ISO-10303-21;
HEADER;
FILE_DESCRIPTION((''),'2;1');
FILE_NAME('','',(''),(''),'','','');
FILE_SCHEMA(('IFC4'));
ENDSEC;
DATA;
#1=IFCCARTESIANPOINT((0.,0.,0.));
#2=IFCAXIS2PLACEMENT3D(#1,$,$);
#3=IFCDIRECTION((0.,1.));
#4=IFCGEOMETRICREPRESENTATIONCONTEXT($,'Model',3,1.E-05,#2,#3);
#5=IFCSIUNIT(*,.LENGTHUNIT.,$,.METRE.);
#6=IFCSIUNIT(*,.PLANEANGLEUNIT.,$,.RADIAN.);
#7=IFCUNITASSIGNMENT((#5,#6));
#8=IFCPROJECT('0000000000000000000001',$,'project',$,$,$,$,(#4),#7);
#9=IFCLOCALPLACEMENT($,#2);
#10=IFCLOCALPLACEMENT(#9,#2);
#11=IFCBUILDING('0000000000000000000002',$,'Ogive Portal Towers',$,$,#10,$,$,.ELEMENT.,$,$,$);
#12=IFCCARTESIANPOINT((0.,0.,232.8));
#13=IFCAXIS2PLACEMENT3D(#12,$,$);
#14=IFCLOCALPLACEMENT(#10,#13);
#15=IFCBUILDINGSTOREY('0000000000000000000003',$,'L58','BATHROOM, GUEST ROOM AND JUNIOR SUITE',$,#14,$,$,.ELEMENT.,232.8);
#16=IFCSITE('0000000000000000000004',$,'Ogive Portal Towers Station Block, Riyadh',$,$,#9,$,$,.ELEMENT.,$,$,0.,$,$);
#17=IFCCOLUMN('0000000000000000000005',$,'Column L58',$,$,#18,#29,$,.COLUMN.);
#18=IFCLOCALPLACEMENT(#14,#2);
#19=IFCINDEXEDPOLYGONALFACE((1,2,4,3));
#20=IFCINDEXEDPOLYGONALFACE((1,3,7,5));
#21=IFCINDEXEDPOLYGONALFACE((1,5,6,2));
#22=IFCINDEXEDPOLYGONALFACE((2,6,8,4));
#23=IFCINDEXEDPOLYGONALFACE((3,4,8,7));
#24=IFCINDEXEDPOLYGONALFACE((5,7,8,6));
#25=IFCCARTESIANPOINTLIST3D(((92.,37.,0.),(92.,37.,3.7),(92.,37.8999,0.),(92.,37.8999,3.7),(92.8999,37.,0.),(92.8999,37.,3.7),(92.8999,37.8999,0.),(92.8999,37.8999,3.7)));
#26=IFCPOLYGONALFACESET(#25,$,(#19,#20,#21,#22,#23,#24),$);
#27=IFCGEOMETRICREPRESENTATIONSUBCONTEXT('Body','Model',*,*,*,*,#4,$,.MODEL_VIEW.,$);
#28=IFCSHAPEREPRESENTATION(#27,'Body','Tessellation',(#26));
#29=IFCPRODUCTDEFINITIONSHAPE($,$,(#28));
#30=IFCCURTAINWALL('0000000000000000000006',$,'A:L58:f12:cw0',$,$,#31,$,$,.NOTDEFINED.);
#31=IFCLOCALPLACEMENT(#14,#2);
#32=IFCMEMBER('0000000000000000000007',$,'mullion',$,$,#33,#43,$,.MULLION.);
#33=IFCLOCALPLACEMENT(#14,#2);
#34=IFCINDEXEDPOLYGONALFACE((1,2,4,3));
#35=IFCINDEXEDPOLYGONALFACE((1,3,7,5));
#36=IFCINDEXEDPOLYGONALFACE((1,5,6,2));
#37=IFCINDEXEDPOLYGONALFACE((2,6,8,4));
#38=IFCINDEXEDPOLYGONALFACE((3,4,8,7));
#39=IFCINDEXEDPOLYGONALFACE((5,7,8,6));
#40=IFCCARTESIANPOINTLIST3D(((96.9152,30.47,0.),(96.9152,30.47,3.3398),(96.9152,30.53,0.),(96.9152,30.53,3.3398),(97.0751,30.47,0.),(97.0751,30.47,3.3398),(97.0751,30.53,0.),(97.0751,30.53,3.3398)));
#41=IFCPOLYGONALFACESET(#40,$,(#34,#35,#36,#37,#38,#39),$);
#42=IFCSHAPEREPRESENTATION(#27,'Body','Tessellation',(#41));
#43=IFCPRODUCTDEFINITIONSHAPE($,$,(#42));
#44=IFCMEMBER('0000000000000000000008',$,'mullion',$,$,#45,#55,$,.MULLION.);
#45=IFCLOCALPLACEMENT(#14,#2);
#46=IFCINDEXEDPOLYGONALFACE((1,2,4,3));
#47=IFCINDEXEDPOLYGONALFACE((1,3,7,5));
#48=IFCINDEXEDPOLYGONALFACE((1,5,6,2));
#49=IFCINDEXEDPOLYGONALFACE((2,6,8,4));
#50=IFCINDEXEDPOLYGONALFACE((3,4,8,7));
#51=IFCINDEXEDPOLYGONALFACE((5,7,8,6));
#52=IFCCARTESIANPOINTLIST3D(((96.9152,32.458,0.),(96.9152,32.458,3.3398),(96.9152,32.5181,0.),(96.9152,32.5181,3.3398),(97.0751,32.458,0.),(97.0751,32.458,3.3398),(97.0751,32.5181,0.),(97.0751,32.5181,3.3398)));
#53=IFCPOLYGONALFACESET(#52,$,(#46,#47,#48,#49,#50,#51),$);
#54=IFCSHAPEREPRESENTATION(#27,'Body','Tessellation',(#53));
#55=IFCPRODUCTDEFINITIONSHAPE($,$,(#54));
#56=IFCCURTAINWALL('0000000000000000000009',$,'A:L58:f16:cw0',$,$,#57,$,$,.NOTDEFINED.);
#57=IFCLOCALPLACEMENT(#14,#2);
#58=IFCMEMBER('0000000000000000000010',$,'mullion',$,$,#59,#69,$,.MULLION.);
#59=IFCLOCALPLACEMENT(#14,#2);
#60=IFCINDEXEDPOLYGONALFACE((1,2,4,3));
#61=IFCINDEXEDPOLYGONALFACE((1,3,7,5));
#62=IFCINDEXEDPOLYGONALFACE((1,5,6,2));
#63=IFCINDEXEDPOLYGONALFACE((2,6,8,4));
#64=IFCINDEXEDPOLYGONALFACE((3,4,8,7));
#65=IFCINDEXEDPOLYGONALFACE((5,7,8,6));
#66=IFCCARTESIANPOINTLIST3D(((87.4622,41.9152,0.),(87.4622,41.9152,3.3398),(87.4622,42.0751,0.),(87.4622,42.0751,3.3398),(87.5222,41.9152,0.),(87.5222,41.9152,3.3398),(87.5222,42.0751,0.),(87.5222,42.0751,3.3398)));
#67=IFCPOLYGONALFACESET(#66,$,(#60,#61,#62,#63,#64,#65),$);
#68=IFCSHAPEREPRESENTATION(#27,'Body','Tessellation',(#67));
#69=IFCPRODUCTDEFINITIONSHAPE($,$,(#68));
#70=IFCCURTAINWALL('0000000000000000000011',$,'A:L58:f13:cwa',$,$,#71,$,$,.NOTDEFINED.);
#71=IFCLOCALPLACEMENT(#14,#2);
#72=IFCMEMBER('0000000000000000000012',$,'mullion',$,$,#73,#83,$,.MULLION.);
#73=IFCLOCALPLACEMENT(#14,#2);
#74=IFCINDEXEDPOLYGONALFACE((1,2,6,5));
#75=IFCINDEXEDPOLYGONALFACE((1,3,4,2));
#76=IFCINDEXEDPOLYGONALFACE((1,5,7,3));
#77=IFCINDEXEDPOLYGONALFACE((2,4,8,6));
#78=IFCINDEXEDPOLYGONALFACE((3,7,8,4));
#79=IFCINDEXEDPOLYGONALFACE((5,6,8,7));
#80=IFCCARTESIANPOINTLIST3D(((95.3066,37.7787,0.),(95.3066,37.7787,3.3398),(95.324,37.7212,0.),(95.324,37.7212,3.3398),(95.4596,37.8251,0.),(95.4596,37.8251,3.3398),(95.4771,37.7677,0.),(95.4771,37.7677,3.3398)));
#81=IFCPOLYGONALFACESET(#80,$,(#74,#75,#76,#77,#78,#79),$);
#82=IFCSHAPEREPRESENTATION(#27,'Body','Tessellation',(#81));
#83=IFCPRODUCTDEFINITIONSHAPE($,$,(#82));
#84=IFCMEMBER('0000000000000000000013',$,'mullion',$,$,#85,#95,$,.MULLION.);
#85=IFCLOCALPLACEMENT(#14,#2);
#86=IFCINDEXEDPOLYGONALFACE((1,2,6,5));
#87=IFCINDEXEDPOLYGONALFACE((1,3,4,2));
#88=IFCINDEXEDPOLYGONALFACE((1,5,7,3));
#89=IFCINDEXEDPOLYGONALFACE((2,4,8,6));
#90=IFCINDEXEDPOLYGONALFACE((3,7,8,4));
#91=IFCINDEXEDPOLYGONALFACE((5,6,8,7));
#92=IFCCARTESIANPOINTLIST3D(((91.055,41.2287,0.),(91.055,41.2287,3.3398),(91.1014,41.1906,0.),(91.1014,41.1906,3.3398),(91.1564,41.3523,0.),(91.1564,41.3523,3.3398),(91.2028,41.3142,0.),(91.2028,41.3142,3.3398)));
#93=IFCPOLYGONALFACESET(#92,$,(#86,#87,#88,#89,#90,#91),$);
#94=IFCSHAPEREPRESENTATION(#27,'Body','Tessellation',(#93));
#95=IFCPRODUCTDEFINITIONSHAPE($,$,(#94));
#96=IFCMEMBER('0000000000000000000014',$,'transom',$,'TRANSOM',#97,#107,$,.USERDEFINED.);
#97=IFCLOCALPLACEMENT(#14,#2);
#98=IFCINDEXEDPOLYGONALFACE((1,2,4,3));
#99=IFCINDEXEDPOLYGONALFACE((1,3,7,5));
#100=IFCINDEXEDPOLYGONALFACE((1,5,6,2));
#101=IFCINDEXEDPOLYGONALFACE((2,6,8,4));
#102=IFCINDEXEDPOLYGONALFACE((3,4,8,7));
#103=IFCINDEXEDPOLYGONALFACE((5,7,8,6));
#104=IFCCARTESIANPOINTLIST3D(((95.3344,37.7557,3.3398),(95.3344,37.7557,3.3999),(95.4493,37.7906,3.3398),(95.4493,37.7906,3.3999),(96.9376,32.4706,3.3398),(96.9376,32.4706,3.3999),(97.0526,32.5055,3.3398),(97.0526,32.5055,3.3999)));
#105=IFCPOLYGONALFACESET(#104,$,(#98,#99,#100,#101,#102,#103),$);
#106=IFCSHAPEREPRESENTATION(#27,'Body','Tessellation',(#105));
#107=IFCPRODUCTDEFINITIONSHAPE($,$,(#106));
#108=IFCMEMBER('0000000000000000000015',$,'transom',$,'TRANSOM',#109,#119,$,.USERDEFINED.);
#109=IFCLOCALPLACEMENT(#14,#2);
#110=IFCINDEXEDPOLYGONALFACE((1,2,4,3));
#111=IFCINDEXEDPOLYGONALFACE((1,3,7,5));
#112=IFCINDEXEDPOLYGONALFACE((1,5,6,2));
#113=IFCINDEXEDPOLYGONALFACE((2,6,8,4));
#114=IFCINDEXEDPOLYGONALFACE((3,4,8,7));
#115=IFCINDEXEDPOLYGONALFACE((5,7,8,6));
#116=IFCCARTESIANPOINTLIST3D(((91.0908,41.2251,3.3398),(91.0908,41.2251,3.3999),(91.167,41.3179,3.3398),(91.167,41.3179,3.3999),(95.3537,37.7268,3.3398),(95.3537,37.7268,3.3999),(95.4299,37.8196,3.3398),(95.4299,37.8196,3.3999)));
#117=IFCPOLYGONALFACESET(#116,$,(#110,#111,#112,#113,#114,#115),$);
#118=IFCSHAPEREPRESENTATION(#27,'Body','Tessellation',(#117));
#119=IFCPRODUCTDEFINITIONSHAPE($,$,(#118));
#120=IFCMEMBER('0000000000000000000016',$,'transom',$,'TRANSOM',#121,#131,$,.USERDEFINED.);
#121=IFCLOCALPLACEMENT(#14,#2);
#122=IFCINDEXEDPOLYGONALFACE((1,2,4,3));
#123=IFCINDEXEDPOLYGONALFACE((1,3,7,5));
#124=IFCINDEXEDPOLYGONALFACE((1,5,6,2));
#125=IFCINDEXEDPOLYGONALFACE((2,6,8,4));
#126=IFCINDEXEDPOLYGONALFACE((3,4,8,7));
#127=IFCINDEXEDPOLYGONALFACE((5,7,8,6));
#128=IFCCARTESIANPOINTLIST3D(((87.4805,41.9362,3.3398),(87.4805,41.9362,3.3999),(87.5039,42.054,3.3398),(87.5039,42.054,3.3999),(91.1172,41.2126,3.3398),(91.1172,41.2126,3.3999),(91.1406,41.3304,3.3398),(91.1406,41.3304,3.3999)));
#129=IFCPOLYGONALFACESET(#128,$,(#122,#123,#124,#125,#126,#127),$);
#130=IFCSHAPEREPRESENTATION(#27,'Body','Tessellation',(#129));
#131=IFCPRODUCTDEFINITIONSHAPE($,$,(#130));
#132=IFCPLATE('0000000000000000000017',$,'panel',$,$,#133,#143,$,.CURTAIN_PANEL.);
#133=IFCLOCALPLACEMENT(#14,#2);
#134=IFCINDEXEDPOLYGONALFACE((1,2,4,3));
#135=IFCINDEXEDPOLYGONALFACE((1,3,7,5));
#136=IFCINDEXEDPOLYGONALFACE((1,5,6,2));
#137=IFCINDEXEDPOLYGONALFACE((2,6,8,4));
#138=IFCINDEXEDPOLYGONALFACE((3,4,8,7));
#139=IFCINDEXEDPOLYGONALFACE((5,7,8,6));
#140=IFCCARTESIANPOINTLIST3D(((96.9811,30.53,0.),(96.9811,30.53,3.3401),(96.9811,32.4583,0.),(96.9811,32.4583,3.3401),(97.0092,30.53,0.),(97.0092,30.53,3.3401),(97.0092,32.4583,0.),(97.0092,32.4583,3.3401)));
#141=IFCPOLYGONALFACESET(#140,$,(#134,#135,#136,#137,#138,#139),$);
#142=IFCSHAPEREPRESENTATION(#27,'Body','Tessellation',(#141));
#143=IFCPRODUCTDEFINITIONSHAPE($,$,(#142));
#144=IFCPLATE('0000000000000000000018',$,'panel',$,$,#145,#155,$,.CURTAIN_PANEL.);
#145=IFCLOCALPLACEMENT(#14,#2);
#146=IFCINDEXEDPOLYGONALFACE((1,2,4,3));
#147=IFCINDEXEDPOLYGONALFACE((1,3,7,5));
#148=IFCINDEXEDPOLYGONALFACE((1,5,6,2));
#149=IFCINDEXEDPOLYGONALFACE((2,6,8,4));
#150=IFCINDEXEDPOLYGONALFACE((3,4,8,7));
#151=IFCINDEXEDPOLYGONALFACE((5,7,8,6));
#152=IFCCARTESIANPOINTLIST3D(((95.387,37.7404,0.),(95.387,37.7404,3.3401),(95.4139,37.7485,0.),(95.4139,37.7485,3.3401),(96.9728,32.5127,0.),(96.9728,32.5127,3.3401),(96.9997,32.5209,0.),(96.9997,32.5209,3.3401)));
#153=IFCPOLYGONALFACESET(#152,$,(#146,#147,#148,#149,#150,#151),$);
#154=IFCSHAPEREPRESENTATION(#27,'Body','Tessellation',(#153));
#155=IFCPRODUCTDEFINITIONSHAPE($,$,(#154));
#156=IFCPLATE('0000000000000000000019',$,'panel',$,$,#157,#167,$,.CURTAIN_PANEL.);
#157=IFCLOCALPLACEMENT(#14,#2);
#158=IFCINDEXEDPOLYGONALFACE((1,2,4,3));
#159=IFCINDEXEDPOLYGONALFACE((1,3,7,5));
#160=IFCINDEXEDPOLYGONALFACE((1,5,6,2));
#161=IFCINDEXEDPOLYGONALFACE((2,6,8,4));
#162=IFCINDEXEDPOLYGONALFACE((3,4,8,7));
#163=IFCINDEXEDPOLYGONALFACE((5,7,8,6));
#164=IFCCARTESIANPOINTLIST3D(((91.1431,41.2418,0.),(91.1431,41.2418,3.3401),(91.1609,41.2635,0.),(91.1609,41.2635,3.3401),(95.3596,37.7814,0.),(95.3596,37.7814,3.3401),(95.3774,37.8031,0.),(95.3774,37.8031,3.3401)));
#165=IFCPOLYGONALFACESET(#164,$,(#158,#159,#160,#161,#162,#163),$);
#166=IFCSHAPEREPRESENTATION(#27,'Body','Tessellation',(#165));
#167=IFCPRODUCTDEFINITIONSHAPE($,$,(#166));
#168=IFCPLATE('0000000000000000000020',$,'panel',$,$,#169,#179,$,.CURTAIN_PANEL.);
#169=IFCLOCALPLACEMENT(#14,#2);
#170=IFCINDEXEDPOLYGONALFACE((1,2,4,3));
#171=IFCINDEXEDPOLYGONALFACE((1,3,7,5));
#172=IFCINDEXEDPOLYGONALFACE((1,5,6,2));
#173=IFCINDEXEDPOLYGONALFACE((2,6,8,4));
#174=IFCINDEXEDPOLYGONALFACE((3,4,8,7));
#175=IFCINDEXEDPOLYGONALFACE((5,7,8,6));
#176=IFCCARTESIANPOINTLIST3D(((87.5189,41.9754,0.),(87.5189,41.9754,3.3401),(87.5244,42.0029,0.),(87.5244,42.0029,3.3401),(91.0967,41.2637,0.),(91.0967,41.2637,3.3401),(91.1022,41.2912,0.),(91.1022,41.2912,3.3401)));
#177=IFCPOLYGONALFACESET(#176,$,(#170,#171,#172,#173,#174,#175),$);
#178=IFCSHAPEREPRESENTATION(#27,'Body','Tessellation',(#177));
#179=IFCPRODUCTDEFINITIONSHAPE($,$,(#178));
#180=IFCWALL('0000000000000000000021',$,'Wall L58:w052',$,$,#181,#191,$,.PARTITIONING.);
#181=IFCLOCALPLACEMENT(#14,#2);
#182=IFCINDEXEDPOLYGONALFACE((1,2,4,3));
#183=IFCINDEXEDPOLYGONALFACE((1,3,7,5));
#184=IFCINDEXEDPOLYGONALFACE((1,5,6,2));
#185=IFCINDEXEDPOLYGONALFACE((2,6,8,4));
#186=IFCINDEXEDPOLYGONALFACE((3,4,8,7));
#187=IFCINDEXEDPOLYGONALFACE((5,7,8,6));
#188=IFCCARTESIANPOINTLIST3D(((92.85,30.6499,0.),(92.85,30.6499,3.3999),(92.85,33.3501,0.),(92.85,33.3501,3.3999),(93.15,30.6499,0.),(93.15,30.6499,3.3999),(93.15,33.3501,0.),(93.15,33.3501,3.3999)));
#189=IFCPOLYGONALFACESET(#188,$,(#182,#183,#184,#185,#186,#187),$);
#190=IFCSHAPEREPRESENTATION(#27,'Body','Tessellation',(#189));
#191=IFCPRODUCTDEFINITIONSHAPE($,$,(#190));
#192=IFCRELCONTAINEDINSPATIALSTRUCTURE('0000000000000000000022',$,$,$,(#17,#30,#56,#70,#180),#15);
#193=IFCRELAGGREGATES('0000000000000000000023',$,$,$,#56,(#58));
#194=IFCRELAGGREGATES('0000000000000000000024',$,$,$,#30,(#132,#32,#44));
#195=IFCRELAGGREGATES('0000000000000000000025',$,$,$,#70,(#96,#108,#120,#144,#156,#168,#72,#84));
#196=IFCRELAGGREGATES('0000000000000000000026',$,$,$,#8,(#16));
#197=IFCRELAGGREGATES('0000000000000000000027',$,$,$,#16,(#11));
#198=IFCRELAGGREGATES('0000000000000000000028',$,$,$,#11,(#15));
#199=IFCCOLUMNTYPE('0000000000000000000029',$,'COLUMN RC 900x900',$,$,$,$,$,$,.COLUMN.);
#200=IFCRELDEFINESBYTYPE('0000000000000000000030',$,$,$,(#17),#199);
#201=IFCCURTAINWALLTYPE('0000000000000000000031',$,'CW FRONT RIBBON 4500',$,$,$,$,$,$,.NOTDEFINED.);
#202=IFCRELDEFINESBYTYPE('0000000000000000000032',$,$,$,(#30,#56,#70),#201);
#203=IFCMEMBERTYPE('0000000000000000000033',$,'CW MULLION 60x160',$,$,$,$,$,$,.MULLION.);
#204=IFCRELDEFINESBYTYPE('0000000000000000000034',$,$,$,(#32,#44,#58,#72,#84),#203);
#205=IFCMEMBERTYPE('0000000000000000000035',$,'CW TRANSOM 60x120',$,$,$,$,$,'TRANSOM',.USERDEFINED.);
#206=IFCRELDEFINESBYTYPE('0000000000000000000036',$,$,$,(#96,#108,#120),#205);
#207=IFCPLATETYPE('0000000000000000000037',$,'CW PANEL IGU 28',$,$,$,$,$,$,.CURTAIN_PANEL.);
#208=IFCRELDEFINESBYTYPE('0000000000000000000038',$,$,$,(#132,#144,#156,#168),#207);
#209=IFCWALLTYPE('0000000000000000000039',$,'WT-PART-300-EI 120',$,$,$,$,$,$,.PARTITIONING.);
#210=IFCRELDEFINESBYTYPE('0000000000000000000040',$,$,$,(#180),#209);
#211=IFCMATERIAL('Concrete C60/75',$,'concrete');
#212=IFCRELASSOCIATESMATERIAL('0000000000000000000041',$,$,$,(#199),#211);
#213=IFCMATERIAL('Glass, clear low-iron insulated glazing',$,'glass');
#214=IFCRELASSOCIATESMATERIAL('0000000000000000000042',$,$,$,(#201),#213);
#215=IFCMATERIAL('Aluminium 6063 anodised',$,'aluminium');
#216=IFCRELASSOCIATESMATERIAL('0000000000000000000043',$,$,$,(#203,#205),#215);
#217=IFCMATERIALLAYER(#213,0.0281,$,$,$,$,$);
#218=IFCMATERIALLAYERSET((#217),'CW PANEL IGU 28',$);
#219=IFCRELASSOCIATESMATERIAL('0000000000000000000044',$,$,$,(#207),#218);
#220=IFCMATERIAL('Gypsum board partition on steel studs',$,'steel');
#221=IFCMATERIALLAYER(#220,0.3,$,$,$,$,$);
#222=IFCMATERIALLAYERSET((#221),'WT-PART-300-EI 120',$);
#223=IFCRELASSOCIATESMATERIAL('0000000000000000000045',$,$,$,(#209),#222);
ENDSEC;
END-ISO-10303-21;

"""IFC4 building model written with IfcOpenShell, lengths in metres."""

from ifc_helpers import new_model, si_unit, direction, frame, frame_2d, origin, origin_2d, place, context, subcontext, project, spatial, rectangle, extrude, material, layer, layer_set, material_profile, profile_set, type_object, element, aggregate, save


model = new_model("IFC4")

# Units and contexts
model_context = context("Model", 3, precision=1e-05, world=origin(), true_north=direction((0.0, 1.0)))
body_context = subcontext(model_context, "Body", "Model", "MODEL_VIEW")
ifc_project = project(units=[si_unit("LENGTHUNIT", "METRE"), si_unit("PLANEANGLEUNIT", "RADIAN")], contexts=[model_context])

# Site, building, storey
site_placement = place(None, origin())
site = spatial("IfcSite", under=ifc_project, at=site_placement, Name="Ogive Portal Towers Station Block, Riyadh", CompositionType="ELEMENT", RefElevation=0.0)
building_placement = place(site_placement, origin())
building = spatial("IfcBuilding", under=site, at=building_placement, Name="Ogive Portal Towers", CompositionType="ELEMENT")
storey_placement = place(building_placement, frame((0.0, 0.0, 232.8)))
storey = spatial("IfcBuildingStorey", under=building, at=storey_placement, Name="L58", Description="BATHROOM, GUEST ROOM AND JUNIOR SUITE", CompositionType="ELEMENT", Elevation=232.8)

# Column
ifc_material_1 = material(Name="Concrete C60/75", Category="concrete")
ifc_material_profile_1 = material_profile(ifc_material_1, rectangle(XDim=0.8999, YDim=0.8999, at=origin_2d()), Name="RC 900x900")
ifc_profile_set_1 = profile_set([ifc_material_profile_1], Name="Concrete C60/75")
column_type = type_object("IfcColumnType", Name="COLUMN RC 900x900", PredefinedType="COLUMN", material=ifc_profile_set_1)
column_placement = place(storey_placement, frame((92.45, 37.45, 0.0), z_axis=(0.0, 0.0, 1.0), x_axis=(1.0, 0.0, 0.0)))
element("IfcColumn", 1, at=column_placement, inside=storey, type_object=column_type, Name="Column L58", PredefinedType="COLUMN", context=body_context, shape_type="SweptSolid", body=[
    extrude(rectangle(XDim=0.8999, YDim=0.8999, at=origin_2d()), origin(), (0.0, 0.0, 1.0), 3.7),
])

# Curtain wall, members
ifc_material_2 = material(Name="Glass, clear low-iron insulated glazing", Category="glass")
curtain_wall_type = type_object("IfcCurtainWallType", Name="CW FRONT RIBBON 4500", PredefinedType="NOTDEFINED", material=ifc_material_2)
curtain_wall_1_placement = place(storey_placement, origin())
curtain_wall_1 = element("IfcCurtainWall", 2, at=curtain_wall_1_placement, inside=storey, type_object=curtain_wall_type, Name="A:L58:f12:cw0", PredefinedType="NOTDEFINED")
ifc_material_3 = material(Name="Aluminium 6063 anodised", Category="aluminium")
ifc_material_profile_2 = material_profile(ifc_material_3, rectangle(XDim=0.1599, YDim=0.0601, at=origin_2d()), Name="AL 60x160")
ifc_profile_set_2 = profile_set([ifc_material_profile_2], Name="Aluminium 6063 anodised")
member_type_1 = type_object("IfcMemberType", Name="CW MULLION 60x160", PredefinedType="MULLION", material=ifc_profile_set_2)
member_1_placement = place(storey_placement, frame((96.9951, 30.5, 0.0), z_axis=(0.0, 0.0, 1.0), x_axis=(-1.0, 0.0, 0.0)))
member_1 = element("IfcMember", 3, at=member_1_placement, type_object=member_type_1, Name="mullion", PredefinedType="MULLION", context=body_context, shape_type="SweptSolid", body=[
    extrude(rectangle(XDim=0.1599, YDim=0.0601, at=origin_2d()), origin(), (0.0, 0.0, 1.0), 3.3398),
])
member_2_placement = place(storey_placement, frame((96.9951, 32.488, 0.0), z_axis=(0.0, 0.0, 1.0), x_axis=(-1.0, 0.0, 0.0)))
member_2 = element("IfcMember", 4, at=member_2_placement, type_object=member_type_1, Name="mullion", PredefinedType="MULLION", context=body_context, shape_type="SweptSolid", body=[
    extrude(rectangle(XDim=0.1599, YDim=0.0601, at=origin_2d()), origin(), (0.0, 0.0, 1.0), 3.3398),
])

# Curtain wall, member
curtain_wall_2_placement = place(storey_placement, origin())
curtain_wall_2 = element("IfcCurtainWall", 5, at=curtain_wall_2_placement, inside=storey, type_object=curtain_wall_type, Name="A:L58:f16:cw0", PredefinedType="NOTDEFINED")
member_3_placement = place(storey_placement, frame((87.4922, 41.9951, 0.0), z_axis=(0.0, 0.0, 1.0), x_axis=(0.0, -1.0, 0.0)))
member_3 = element("IfcMember", 6, at=member_3_placement, type_object=member_type_1, Name="mullion", PredefinedType="MULLION", context=body_context, shape_type="SweptSolid", body=[
    extrude(rectangle(XDim=0.1599, YDim=0.0601, at=origin_2d()), origin(), (0.0, 0.0, 1.0), 3.3398),
])
aggregate(curtain_wall_2, [member_3])

# Curtain wall, members
curtain_wall_3_placement = place(storey_placement, origin())
curtain_wall_3 = element("IfcCurtainWall", 7, at=curtain_wall_3_placement, inside=storey, type_object=curtain_wall_type, Name="A:L58:f13:cwa", PredefinedType="NOTDEFINED")
member_4_placement = place(storey_placement, frame((95.3918, 37.7732, 0.0), z_axis=(0.0, 0.0, 1.0), x_axis=(-0.95694, -0.290285, 0.0)))
member_4 = element("IfcMember", 8, at=member_4_placement, type_object=member_type_1, Name="mullion", PredefinedType="MULLION", context=body_context, shape_type="SweptSolid", body=[
    extrude(rectangle(XDim=0.1599, YDim=0.0601, at=origin_2d()), origin(), (0.0, 0.0, 1.0), 3.3398),
])
member_5_placement = place(storey_placement, frame((91.1289, 41.2715, 0.0), z_axis=(0.0, 0.0, 1.0), x_axis=(-0.634393, -0.77301, 0.0)))
member_5 = element("IfcMember", 9, at=member_5_placement, type_object=member_type_1, Name="mullion", PredefinedType="MULLION", context=body_context, shape_type="SweptSolid", body=[
    extrude(rectangle(XDim=0.1599, YDim=0.0601, at=origin_2d()), origin(), (0.0, 0.0, 1.0), 3.3398),
])
ifc_material_profile_3 = material_profile(ifc_material_3, rectangle(XDim=0.1201, YDim=0.0601, at=origin_2d()), Name="AL 120x60")
ifc_profile_set_3 = profile_set([ifc_material_profile_3], Name="Aluminium 6063 anodised")
member_type_2 = type_object("IfcMemberType", Name="CW TRANSOM 60x120", ElementType="TRANSOM", PredefinedType="USERDEFINED", material=ifc_profile_set_3)
member_6_placement = place(storey_placement, frame((96.9951, 32.488, 3.3699), z_axis=(-0.290291, 0.956938, 0.0), x_axis=(-0.956938, -0.290291, 0.0)))
member_6 = element("IfcMember", 10, at=member_6_placement, type_object=member_type_2, Name="transom", ObjectType="TRANSOM", PredefinedType="USERDEFINED", context=body_context, shape_type="SweptSolid", body=[
    extrude(rectangle(XDim=0.1201, YDim=0.0601, at=origin_2d()), origin(), (0.0, 0.0, 1.0), 5.5229),
])
member_7_placement = place(storey_placement, frame((95.3918, 37.7732, 3.3699), z_axis=(-0.773029, 0.63437, 0.0), x_axis=(-0.63437, -0.773029, 0.0)))
member_7 = element("IfcMember", 11, at=member_7_placement, type_object=member_type_2, Name="transom", ObjectType="TRANSOM", PredefinedType="USERDEFINED", context=body_context, shape_type="SweptSolid", body=[
    extrude(rectangle(XDim=0.1201, YDim=0.0601, at=origin_2d()), origin(), (0.0, 0.0, 1.0), 5.5146),
])
member_8_placement = place(storey_placement, frame((91.1289, 41.2715, 3.3699), z_axis=(-0.980773, 0.195154, 0.0), x_axis=(-0.195154, -0.980773, 0.0)))
member_8 = element("IfcMember", 12, at=member_8_placement, type_object=member_type_2, Name="transom", ObjectType="TRANSOM", PredefinedType="USERDEFINED", context=body_context, shape_type="SweptSolid", body=[
    extrude(rectangle(XDim=0.1201, YDim=0.0601, at=origin_2d()), origin(), (0.0, 0.0, 1.0), 3.708),
])

# Plates
ifc_layer_1 = layer(ifc_material_2, 0.0281)
ifc_layer_set_1 = layer_set([ifc_layer_1], Name="CW PANEL IGU 28")
plate_type = type_object("IfcPlateType", Name="CW PANEL IGU 28", PredefinedType="CURTAIN_PANEL", material=ifc_layer_set_1)
plate_1_placement = place(storey_placement, frame((96.9951, 31.4941, 0.0), z_axis=(0.0, 0.0, 1.0), x_axis=(0.0, 1.0, 0.0)))
plate_1 = element("IfcPlate", 13, at=plate_1_placement, type_object=plate_type, Name="panel", PredefinedType="CURTAIN_PANEL", context=body_context, shape_type="SweptSolid", body=[
    extrude(rectangle(XDim=1.9282, YDim=0.0281, at=origin_2d()), origin(), (0.0, 0.0, 1.0), 3.3401),
])
aggregate(curtain_wall_1, [plate_1, member_1, member_2])
plate_2_placement = place(storey_placement, frame((96.1934, 35.1306, 0.0), z_axis=(0.0, 0.0, 1.0), x_axis=(-0.290285, 0.95694, 0.0)))
plate_2 = element("IfcPlate", 14, at=plate_2_placement, type_object=plate_type, Name="panel", PredefinedType="CURTAIN_PANEL", context=body_context, shape_type="SweptSolid", body=[
    extrude(rectangle(XDim=5.4629, YDim=0.0281, at=origin_2d()), origin(), (0.0, 0.0, 1.0), 3.3401),
])
plate_3_placement = place(storey_placement, frame((93.2603, 39.5225, 0.0), z_axis=(0.0, 0.0, 1.0), x_axis=(-0.77301, 0.634393, 0.0)))
plate_3 = element("IfcPlate", 15, at=plate_3_placement, type_object=plate_type, Name="panel", PredefinedType="CURTAIN_PANEL", context=body_context, shape_type="SweptSolid", body=[
    extrude(rectangle(XDim=5.4546, YDim=0.0281, at=origin_2d()), origin(), (0.0, 0.0, 1.0), 3.3401),
])
plate_4_placement = place(storey_placement, frame((89.3105, 41.6333, 0.0), z_axis=(0.0, 0.0, 1.0), x_axis=(-0.980785, 0.19509, 0.0)))
plate_4 = element("IfcPlate", 16, at=plate_4_placement, type_object=plate_type, Name="panel", PredefinedType="CURTAIN_PANEL", context=body_context, shape_type="SweptSolid", body=[
    extrude(rectangle(XDim=3.6479, YDim=0.0281, at=origin_2d()), origin(), (0.0, 0.0, 1.0), 3.3401),
])
aggregate(curtain_wall_3, [member_6, member_7, member_8, plate_2, plate_3, plate_4, member_4, member_5])

# Wall
ifc_material_4 = material(Name="Gypsum board partition on steel studs", Category="steel")
ifc_layer_2 = layer(ifc_material_4, 0.3)
ifc_layer_set_2 = layer_set([ifc_layer_2], Name="WT-PART-300-EI 120")
wall_type_1 = type_object("IfcWallType", Name="WT-PART-300-EI 120", PredefinedType="PARTITIONING", material=ifc_layer_set_2)
wall_1_placement = place(storey_placement, frame((93.0, 30.6499, 0.0), z_axis=(0.0, 0.0, 1.0), x_axis=(0.0, 1.0, 0.0)))
element("IfcWall", 17, at=wall_1_placement, inside=storey, type_object=wall_type_1, Name="Wall L58:w052", PredefinedType="PARTITIONING", context=body_context, shape_type="SweptSolid", body=[
    extrude(rectangle(XDim=2.7002, YDim=0.3, at=frame_2d((1.3501, 0.0))), origin(), (0.0, 0.0, 1.0), 3.3999),
])

save(model, "model.ifc")
